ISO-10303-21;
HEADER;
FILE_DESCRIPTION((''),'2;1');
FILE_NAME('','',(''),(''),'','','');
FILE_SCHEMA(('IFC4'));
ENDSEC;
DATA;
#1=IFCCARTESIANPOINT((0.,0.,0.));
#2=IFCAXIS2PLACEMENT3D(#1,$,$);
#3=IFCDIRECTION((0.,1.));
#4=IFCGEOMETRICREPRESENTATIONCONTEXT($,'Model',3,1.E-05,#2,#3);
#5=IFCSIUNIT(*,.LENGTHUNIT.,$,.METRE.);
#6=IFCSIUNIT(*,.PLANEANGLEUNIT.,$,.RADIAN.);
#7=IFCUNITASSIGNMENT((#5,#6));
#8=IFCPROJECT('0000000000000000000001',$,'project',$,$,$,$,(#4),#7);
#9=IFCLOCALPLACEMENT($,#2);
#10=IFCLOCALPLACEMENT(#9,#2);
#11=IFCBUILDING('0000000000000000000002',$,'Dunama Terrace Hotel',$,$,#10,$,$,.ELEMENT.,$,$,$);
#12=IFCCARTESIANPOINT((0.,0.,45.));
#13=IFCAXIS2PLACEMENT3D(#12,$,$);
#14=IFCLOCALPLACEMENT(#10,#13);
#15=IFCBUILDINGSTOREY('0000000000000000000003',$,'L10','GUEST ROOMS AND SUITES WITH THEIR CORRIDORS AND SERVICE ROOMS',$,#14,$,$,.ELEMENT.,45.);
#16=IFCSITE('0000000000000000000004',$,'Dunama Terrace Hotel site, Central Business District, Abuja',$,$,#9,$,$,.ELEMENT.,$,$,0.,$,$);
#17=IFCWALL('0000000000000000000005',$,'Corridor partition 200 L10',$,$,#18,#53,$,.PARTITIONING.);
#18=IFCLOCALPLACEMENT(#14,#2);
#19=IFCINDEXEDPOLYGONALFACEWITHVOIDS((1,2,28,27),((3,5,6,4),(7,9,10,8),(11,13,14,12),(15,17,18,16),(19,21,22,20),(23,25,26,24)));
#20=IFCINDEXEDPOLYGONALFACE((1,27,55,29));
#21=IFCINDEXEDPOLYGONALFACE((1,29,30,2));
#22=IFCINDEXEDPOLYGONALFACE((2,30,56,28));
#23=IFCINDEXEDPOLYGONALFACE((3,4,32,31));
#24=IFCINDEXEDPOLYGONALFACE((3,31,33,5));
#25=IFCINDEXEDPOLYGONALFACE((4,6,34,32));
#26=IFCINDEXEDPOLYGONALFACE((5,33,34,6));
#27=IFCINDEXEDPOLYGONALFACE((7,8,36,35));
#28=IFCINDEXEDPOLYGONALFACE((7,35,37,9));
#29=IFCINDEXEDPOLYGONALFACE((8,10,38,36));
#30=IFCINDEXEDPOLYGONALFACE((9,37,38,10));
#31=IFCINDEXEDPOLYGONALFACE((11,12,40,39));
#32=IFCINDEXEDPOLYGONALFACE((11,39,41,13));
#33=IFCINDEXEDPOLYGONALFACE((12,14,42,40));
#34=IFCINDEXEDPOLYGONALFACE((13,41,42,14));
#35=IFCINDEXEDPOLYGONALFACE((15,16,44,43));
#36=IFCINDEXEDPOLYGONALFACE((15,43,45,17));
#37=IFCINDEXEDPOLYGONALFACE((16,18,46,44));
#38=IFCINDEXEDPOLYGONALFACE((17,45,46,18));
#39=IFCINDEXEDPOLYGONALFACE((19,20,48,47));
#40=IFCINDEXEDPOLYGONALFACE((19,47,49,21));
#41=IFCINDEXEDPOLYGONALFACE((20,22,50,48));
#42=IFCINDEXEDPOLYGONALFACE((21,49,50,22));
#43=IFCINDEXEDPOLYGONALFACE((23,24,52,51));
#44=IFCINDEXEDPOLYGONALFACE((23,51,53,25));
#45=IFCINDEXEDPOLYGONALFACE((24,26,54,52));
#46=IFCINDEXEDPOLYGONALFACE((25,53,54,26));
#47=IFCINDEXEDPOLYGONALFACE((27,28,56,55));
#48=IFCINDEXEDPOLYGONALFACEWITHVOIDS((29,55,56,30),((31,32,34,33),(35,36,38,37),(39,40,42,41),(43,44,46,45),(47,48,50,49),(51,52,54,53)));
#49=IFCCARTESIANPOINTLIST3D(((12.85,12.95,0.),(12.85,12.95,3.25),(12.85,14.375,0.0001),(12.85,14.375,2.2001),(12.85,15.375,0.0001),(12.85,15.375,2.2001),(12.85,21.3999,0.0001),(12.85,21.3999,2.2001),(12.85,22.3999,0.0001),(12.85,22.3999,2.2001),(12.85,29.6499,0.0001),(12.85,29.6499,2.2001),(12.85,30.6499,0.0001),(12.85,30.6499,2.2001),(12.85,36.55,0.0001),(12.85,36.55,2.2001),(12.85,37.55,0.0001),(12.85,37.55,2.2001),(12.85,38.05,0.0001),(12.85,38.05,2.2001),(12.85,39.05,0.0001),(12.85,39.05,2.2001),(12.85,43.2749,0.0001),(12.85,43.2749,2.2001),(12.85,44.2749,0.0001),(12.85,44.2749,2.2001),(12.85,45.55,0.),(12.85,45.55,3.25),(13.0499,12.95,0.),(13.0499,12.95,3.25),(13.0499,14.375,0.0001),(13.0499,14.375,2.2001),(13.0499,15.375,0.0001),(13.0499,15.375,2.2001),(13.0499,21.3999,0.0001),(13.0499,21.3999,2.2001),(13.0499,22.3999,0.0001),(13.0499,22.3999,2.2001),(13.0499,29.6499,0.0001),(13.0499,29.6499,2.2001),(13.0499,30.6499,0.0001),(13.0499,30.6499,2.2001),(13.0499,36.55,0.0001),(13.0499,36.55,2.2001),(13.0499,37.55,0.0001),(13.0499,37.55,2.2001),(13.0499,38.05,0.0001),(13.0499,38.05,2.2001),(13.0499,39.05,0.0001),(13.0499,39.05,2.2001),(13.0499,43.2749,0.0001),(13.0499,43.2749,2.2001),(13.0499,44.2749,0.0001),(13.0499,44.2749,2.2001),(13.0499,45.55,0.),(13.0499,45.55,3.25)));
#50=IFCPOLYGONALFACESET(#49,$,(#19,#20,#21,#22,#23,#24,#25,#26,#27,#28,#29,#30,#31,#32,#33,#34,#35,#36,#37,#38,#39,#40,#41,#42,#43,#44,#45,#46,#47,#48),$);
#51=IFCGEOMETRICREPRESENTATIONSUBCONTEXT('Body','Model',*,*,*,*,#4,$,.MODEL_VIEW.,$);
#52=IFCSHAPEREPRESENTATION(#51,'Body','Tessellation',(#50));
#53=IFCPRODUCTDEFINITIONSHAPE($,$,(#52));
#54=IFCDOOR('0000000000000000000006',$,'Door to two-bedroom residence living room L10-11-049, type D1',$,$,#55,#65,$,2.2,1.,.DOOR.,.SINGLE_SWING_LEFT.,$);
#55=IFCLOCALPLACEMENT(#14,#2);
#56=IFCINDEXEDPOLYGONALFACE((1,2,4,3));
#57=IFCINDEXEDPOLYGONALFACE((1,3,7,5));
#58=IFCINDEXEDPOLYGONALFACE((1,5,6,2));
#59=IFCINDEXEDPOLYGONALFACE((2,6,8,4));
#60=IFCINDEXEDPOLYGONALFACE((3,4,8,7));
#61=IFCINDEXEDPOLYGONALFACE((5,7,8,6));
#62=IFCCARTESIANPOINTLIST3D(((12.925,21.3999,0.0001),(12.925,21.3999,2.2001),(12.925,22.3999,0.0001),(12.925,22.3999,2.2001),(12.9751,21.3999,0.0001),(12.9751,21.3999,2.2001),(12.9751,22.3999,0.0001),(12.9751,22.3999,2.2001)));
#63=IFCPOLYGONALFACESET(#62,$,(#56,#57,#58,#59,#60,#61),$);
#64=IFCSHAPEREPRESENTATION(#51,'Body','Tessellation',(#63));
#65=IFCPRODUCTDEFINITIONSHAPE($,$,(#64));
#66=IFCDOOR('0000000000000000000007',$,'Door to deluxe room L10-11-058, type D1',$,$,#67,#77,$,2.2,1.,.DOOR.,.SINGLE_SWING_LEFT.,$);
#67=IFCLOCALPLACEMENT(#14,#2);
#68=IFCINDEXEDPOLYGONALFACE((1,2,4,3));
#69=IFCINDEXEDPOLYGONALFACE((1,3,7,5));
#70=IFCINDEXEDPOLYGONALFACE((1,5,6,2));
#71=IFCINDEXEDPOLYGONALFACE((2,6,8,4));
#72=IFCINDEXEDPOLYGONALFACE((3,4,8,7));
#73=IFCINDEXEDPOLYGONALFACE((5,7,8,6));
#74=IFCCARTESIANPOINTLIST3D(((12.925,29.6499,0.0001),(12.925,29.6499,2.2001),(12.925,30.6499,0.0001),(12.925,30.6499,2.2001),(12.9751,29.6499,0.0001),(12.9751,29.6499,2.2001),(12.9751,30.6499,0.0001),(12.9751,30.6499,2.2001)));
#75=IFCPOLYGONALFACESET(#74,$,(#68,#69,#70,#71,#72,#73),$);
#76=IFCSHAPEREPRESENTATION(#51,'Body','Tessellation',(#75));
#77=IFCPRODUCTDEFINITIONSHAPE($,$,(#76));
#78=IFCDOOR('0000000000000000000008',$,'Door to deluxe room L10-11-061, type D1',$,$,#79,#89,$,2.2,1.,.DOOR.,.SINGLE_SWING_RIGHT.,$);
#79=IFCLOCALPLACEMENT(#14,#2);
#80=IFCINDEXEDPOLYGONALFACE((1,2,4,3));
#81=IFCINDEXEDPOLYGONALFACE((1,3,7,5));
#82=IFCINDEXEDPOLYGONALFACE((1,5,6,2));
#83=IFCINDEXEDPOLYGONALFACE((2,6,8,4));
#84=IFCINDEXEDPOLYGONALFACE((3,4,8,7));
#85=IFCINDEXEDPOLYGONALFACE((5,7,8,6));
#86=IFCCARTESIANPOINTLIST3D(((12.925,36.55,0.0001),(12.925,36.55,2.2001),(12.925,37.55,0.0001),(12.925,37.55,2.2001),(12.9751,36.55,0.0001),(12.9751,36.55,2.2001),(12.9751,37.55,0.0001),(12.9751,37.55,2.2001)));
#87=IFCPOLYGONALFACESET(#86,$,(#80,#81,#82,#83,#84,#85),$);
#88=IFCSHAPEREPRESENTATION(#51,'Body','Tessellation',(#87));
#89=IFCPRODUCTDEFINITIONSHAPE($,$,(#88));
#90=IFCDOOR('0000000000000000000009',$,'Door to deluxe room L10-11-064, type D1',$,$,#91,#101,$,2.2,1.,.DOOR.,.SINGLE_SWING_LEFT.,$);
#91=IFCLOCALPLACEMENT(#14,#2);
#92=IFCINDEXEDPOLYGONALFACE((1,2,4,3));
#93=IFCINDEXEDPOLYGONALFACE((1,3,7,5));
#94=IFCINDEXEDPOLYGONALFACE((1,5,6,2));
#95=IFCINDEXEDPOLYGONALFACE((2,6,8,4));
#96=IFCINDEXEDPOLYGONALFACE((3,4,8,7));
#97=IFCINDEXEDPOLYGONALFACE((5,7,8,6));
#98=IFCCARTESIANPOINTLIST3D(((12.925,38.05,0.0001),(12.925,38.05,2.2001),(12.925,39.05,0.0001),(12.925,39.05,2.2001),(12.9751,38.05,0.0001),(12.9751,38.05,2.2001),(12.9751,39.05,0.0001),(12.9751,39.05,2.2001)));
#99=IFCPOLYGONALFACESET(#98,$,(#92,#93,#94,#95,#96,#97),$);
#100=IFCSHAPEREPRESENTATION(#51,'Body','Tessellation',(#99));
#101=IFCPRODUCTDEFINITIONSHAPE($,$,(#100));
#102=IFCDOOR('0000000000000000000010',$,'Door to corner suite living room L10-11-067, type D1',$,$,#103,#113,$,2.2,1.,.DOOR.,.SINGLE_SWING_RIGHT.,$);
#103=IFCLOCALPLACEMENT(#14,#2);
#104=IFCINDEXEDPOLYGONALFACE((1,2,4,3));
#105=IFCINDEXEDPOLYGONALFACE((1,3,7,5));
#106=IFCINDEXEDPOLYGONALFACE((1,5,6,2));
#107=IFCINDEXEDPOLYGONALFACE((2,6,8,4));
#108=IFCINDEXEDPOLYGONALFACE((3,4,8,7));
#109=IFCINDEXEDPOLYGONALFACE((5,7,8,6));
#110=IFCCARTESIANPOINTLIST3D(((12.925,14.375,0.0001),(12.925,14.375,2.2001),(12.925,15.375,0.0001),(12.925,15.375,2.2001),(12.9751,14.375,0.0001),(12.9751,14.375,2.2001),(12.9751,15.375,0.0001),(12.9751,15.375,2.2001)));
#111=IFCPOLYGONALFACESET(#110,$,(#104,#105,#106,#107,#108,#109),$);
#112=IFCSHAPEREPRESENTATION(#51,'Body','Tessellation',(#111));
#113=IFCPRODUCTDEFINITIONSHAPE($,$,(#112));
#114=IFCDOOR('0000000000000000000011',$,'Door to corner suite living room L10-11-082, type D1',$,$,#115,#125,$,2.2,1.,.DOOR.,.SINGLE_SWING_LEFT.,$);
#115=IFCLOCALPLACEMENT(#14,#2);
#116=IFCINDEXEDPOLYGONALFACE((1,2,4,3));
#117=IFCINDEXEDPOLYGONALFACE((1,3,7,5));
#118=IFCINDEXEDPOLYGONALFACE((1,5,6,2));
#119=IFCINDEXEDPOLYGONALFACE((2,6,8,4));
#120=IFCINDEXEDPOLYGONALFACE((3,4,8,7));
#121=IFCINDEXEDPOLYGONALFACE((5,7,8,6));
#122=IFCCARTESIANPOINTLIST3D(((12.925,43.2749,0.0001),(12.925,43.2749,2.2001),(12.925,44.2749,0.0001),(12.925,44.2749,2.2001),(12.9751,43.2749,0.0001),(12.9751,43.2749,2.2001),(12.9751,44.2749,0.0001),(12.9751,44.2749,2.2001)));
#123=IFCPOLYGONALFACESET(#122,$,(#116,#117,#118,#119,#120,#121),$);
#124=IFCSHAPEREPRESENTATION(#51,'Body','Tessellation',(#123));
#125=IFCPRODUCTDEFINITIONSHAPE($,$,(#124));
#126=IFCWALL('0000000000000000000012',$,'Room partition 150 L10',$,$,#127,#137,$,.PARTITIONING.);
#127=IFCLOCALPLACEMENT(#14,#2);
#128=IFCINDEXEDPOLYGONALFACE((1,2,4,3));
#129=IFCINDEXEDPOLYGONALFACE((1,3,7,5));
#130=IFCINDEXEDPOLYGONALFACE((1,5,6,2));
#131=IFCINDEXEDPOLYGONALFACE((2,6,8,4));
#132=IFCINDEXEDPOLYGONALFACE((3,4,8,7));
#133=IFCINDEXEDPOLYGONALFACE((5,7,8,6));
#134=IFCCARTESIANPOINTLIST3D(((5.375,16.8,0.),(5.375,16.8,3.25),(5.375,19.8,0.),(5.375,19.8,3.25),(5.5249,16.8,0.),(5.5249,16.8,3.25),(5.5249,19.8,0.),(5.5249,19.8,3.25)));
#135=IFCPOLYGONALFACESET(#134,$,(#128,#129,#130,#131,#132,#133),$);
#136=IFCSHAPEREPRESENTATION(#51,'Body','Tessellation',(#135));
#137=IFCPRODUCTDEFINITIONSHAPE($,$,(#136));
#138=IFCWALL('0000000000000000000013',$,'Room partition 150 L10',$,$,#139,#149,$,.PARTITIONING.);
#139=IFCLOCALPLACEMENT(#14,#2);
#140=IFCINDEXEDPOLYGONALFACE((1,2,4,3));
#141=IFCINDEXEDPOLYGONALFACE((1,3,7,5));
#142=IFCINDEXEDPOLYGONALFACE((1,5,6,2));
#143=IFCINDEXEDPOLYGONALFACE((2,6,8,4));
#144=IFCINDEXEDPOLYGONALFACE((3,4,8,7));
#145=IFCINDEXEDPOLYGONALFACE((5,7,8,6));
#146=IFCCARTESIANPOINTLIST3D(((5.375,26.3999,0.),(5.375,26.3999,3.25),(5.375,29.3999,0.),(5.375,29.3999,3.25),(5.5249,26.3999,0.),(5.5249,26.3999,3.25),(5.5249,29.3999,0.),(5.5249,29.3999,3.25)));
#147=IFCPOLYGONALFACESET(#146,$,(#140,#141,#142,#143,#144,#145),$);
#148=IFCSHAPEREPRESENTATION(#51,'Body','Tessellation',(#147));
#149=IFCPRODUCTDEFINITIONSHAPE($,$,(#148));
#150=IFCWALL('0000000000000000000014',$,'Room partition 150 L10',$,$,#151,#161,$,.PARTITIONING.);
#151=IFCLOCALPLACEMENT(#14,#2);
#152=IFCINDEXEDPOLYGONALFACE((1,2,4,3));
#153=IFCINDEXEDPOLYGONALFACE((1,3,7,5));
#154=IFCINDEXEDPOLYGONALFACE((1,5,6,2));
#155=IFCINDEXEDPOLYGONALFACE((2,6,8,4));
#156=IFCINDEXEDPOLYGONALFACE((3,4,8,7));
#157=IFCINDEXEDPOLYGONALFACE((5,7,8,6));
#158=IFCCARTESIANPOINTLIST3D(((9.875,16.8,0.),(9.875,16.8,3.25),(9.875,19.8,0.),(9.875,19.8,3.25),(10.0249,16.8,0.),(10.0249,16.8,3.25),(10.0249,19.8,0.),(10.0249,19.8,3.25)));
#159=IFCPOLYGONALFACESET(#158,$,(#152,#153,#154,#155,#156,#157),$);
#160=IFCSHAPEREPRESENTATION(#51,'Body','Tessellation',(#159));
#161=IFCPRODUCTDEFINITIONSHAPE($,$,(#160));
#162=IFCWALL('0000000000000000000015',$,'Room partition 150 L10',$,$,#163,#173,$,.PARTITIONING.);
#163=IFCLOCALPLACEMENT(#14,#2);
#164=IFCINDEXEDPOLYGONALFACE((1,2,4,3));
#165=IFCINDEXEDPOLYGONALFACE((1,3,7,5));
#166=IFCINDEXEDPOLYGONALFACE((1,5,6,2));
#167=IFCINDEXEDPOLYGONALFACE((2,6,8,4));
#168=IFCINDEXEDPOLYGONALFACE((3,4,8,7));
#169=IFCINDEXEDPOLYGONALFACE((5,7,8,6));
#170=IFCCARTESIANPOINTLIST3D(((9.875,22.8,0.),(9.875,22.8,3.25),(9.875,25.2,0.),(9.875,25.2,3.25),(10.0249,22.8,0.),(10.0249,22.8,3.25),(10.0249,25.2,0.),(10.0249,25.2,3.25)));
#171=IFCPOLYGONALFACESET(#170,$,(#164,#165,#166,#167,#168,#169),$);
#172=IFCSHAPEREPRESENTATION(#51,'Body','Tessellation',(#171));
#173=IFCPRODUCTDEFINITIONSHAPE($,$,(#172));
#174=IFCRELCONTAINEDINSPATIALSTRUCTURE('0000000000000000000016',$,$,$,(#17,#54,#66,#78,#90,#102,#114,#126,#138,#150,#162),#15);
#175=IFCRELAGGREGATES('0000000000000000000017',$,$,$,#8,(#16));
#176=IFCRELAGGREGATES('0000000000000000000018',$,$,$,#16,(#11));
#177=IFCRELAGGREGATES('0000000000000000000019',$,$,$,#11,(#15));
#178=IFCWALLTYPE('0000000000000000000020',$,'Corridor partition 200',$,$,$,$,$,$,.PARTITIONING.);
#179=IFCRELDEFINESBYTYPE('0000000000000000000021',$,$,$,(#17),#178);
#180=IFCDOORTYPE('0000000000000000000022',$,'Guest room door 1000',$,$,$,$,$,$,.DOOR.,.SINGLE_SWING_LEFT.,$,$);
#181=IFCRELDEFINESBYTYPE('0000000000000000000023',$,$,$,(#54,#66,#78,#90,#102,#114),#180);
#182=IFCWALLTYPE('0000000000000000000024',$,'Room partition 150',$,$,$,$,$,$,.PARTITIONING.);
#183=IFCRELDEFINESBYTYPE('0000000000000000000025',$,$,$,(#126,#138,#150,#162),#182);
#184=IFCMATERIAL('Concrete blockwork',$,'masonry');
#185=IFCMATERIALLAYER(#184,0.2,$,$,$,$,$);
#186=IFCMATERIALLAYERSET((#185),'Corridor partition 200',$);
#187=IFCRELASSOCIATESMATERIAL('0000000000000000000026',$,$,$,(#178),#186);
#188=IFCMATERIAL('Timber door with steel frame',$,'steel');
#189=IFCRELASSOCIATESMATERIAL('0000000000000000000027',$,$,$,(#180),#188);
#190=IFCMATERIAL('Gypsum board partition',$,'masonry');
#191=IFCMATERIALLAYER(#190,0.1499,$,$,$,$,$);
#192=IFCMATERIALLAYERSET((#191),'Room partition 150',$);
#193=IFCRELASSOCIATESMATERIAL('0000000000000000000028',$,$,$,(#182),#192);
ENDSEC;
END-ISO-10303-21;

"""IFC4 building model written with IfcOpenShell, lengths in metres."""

from ifc_helpers import new_model, si_unit, direction, frame, frame_2d, origin, place, context, subcontext, project, spatial, rectangle, extrude, material, layer, layer_set, type_object, element, fill, save


model = new_model("IFC4")

# Units and contexts
model_context = context("Model", 3, precision=1e-05, world=origin(), true_north=direction((0.0, 1.0)))
body_context = subcontext(model_context, "Body", "Model", "MODEL_VIEW")
ifc_project = project(units=[si_unit("LENGTHUNIT", "METRE"), si_unit("PLANEANGLEUNIT", "RADIAN")], contexts=[model_context])

# Site, building, storey
site_placement = place(None, origin())
site = spatial("IfcSite", under=ifc_project, at=site_placement, Name="Dunama Terrace Hotel site, Central Business District, Abuja", CompositionType="ELEMENT", RefElevation=0.0)
building_placement = place(site_placement, origin())
building = spatial("IfcBuilding", under=site, at=building_placement, Name="Dunama Terrace Hotel", CompositionType="ELEMENT")
storey_placement = place(building_placement, frame((0.0, 0.0, 45.0)))
storey = spatial("IfcBuildingStorey", under=building, at=storey_placement, Name="L10", Description="GUEST ROOMS AND SUITES WITH THEIR CORRIDORS AND SERVICE ROOMS", CompositionType="ELEMENT", Elevation=45.0)

# Wall, openings, doors
ifc_material_1 = material(Name="Concrete blockwork", Category="masonry")
ifc_layer_1 = layer(ifc_material_1, 0.2)
ifc_layer_set_1 = layer_set([ifc_layer_1], Name="Corridor partition 200")
wall_type_1 = type_object("IfcWallType", Name="Corridor partition 200", PredefinedType="PARTITIONING", material=ifc_layer_set_1)
wall_1_placement = place(storey_placement, frame((12.95, 12.95, 0.0), z_axis=(0.0, 0.0, 1.0), x_axis=(0.0, 1.0, 0.0)))
wall_1 = element("IfcWall", 1, at=wall_1_placement, inside=storey, type_object=wall_type_1, Name="Corridor partition 200 L10", PredefinedType="PARTITIONING", context=body_context, shape_type="SweptSolid", body=[
    extrude(rectangle(XDim=32.6001, YDim=0.2, at=frame_2d((16.3, 0.0))), origin(), (0.0, 0.0, 1.0), 3.25),
])
opening_1_placement = place(wall_1_placement, frame((8.45, 0.0, 0.0)))
opening_1 = element("IfcOpeningElement", 2, at=opening_1_placement, cuts=wall_1, PredefinedType="OPENING", context=body_context, shape_type="SweptSolid", body=[
    extrude(rectangle(XDim=1.0, YDim=2.2, at=frame_2d((0.5, 1.1001))), frame((0.0, 0.1099, 0.0), z_axis=(0.0, -1.0, 0.0), x_axis=(1.0, 0.0, 0.0)), (0.0, 0.0, 1.0), 0.22),
])
opening_2_placement = place(wall_1_placement, frame((16.7, 0.0, 0.0)))
opening_2 = element("IfcOpeningElement", 3, at=opening_2_placement, cuts=wall_1, PredefinedType="OPENING", context=body_context, shape_type="SweptSolid", body=[
    extrude(rectangle(XDim=1.0, YDim=2.2, at=frame_2d((0.5, 1.1001))), frame((0.0, 0.1099, 0.0), z_axis=(0.0, -1.0, 0.0), x_axis=(1.0, 0.0, 0.0)), (0.0, 0.0, 1.0), 0.22),
])
opening_3_placement = place(wall_1_placement, frame((23.6001, 0.0, 0.0)))
opening_3 = element("IfcOpeningElement", 4, at=opening_3_placement, cuts=wall_1, PredefinedType="OPENING", context=body_context, shape_type="SweptSolid", body=[
    extrude(rectangle(XDim=1.0, YDim=2.2, at=frame_2d((0.5, 1.1001))), frame((0.0, 0.1099, 0.0), z_axis=(0.0, -1.0, 0.0), x_axis=(1.0, 0.0, 0.0)), (0.0, 0.0, 1.0), 0.22),
])
opening_4_placement = place(wall_1_placement, frame((25.1001, 0.0, 0.0)))
opening_4 = element("IfcOpeningElement", 5, at=opening_4_placement, cuts=wall_1, PredefinedType="OPENING", context=body_context, shape_type="SweptSolid", body=[
    extrude(rectangle(XDim=1.0, YDim=2.2, at=frame_2d((0.5, 1.1001))), frame((0.0, 0.1099, 0.0), z_axis=(0.0, -1.0, 0.0), x_axis=(1.0, 0.0, 0.0)), (0.0, 0.0, 1.0), 0.22),
])
opening_5_placement = place(wall_1_placement, frame((1.425, 0.0, 0.0)))
opening_5 = element("IfcOpeningElement", 6, at=opening_5_placement, cuts=wall_1, PredefinedType="OPENING", context=body_context, shape_type="SweptSolid", body=[
    extrude(rectangle(XDim=1.0, YDim=2.2, at=frame_2d((0.5, 1.1001))), frame((0.0, 0.1099, 0.0), z_axis=(0.0, -1.0, 0.0), x_axis=(1.0, 0.0, 0.0)), (0.0, 0.0, 1.0), 0.22),
])
opening_6_placement = place(wall_1_placement, frame((30.325, 0.0, 0.0)))
opening_6 = element("IfcOpeningElement", 7, at=opening_6_placement, cuts=wall_1, PredefinedType="OPENING", context=body_context, shape_type="SweptSolid", body=[
    extrude(rectangle(XDim=1.0, YDim=2.2, at=frame_2d((0.5, 1.1001))), frame((0.0, 0.1099, 0.0), z_axis=(0.0, -1.0, 0.0), x_axis=(1.0, 0.0, 0.0)), (0.0, 0.0, 1.0), 0.22),
])
ifc_material_2 = material(Name="Timber door with steel frame", Category="steel")
door_type_1 = type_object("IfcDoorType", Name="Guest room door 1000", OperationType="SINGLE_SWING_LEFT", PredefinedType="DOOR", material=ifc_material_2)
door_1_placement = place(opening_1_placement, origin())
door_1 = element("IfcDoor", 8, at=door_1_placement, inside=storey, type_object=door_type_1, Name="Door to two-bedroom residence living room L10-11-049, type D1", OperationType="SINGLE_SWING_LEFT", OverallHeight=2.2, OverallWidth=1.0, PredefinedType="DOOR", context=body_context, shape_type="SweptSolid", body=[
    extrude(rectangle(XDim=1.0, YDim=2.2, at=frame_2d((0.5, 1.1001))), frame((0.0, 0.0249, 0.0), z_axis=(0.0, -1.0, 0.0), x_axis=(1.0, 0.0, 0.0)), (0.0, 0.0, 1.0), 0.05),
])
fill(opening_1, door_1)
door_2_placement = place(opening_2_placement, origin())
door_2 = element("IfcDoor", 9, at=door_2_placement, inside=storey, type_object=door_type_1, Name="Door to deluxe room L10-11-058, type D1", OperationType="SINGLE_SWING_LEFT", OverallHeight=2.2, OverallWidth=1.0, PredefinedType="DOOR", context=body_context, shape_type="SweptSolid", body=[
    extrude(rectangle(XDim=1.0, YDim=2.2, at=frame_2d((0.5, 1.1001))), frame((0.0, 0.0249, 0.0), z_axis=(0.0, -1.0, 0.0), x_axis=(1.0, 0.0, 0.0)), (0.0, 0.0, 1.0), 0.05),
])
fill(opening_2, door_2)
door_3_placement = place(opening_3_placement, origin())
door_3 = element("IfcDoor", 10, at=door_3_placement, inside=storey, type_object=door_type_1, Name="Door to deluxe room L10-11-061, type D1", OperationType="SINGLE_SWING_RIGHT", OverallHeight=2.2, OverallWidth=1.0, PredefinedType="DOOR", context=body_context, shape_type="SweptSolid", body=[
    extrude(rectangle(XDim=1.0, YDim=2.2, at=frame_2d((0.5, 1.1001))), frame((0.0, 0.0249, 0.0), z_axis=(0.0, -1.0, 0.0), x_axis=(1.0, 0.0, 0.0)), (0.0, 0.0, 1.0), 0.05),
])
fill(opening_3, door_3)
door_4_placement = place(opening_4_placement, origin())
door_4 = element("IfcDoor", 11, at=door_4_placement, inside=storey, type_object=door_type_1, Name="Door to deluxe room L10-11-064, type D1", OperationType="SINGLE_SWING_LEFT", OverallHeight=2.2, OverallWidth=1.0, PredefinedType="DOOR", context=body_context, shape_type="SweptSolid", body=[
    extrude(rectangle(XDim=1.0, YDim=2.2, at=frame_2d((0.5, 1.1001))), frame((0.0, 0.0249, 0.0), z_axis=(0.0, -1.0, 0.0), x_axis=(1.0, 0.0, 0.0)), (0.0, 0.0, 1.0), 0.05),
])
fill(opening_4, door_4)
door_5_placement = place(opening_5_placement, origin())
door_5 = element("IfcDoor", 12, at=door_5_placement, inside=storey, type_object=door_type_1, Name="Door to corner suite living room L10-11-067, type D1", OperationType="SINGLE_SWING_RIGHT", OverallHeight=2.2, OverallWidth=1.0, PredefinedType="DOOR", context=body_context, shape_type="SweptSolid", body=[
    extrude(rectangle(XDim=1.0, YDim=2.2, at=frame_2d((0.5, 1.1001))), frame((0.0, 0.0249, 0.0), z_axis=(0.0, -1.0, 0.0), x_axis=(1.0, 0.0, 0.0)), (0.0, 0.0, 1.0), 0.05),
])
fill(opening_5, door_5)
door_6_placement = place(opening_6_placement, origin())
door_6 = element("IfcDoor", 13, at=door_6_placement, inside=storey, type_object=door_type_1, Name="Door to corner suite living room L10-11-082, type D1", OperationType="SINGLE_SWING_LEFT", OverallHeight=2.2, OverallWidth=1.0, PredefinedType="DOOR", context=body_context, shape_type="SweptSolid", body=[
    extrude(rectangle(XDim=1.0, YDim=2.2, at=frame_2d((0.5, 1.1001))), frame((0.0, 0.0249, 0.0), z_axis=(0.0, -1.0, 0.0), x_axis=(1.0, 0.0, 0.0)), (0.0, 0.0, 1.0), 0.05),
])
fill(opening_6, door_6)

# Walls
ifc_material_3 = material(Name="Gypsum board partition", Category="masonry")
ifc_layer_2 = layer(ifc_material_3, 0.1499)
ifc_layer_set_2 = layer_set([ifc_layer_2], Name="Room partition 150")
wall_type_2 = type_object("IfcWallType", Name="Room partition 150", PredefinedType="PARTITIONING", material=ifc_layer_set_2)
for number, where, z_axis, x_axis, name in (
    (14, (5.45, 16.8, 0.0), (0.0, 0.0, 1.0), (0.0, 1.0, 0.0), "Room partition 150 L10"),
    (15, (5.45, 26.3999, 0.0), (0.0, 0.0, 1.0), (0.0, 1.0, 0.0), "Room partition 150 L10"),
    (16, (9.95, 16.8, 0.0), (0.0, 0.0, 1.0), (0.0, 1.0, 0.0), "Room partition 150 L10"),
):
    element("IfcWall", number, at=place(storey_placement, frame(where, z_axis=z_axis, x_axis=x_axis)), inside=storey, type_object=wall_type_2, Name=name, PredefinedType="PARTITIONING", context=body_context, shape_type="SweptSolid", body=[
        extrude(rectangle(XDim=3.0, YDim=0.1499, at=frame_2d((1.5, 0.0))), origin(), (0.0, 0.0, 1.0), 3.25),
    ])
wall_2_placement = place(storey_placement, frame((9.95, 22.8, 0.0), z_axis=(0.0, 0.0, 1.0), x_axis=(0.0, 1.0, 0.0)))
element("IfcWall", 17, at=wall_2_placement, inside=storey, type_object=wall_type_2, Name="Room partition 150 L10", PredefinedType="PARTITIONING", context=body_context, shape_type="SweptSolid", body=[
    extrude(rectangle(XDim=2.3999, YDim=0.1499, at=frame_2d((1.2, 0.0))), origin(), (0.0, 0.0, 1.0), 3.25),
])

save(model, "model.ifc")
